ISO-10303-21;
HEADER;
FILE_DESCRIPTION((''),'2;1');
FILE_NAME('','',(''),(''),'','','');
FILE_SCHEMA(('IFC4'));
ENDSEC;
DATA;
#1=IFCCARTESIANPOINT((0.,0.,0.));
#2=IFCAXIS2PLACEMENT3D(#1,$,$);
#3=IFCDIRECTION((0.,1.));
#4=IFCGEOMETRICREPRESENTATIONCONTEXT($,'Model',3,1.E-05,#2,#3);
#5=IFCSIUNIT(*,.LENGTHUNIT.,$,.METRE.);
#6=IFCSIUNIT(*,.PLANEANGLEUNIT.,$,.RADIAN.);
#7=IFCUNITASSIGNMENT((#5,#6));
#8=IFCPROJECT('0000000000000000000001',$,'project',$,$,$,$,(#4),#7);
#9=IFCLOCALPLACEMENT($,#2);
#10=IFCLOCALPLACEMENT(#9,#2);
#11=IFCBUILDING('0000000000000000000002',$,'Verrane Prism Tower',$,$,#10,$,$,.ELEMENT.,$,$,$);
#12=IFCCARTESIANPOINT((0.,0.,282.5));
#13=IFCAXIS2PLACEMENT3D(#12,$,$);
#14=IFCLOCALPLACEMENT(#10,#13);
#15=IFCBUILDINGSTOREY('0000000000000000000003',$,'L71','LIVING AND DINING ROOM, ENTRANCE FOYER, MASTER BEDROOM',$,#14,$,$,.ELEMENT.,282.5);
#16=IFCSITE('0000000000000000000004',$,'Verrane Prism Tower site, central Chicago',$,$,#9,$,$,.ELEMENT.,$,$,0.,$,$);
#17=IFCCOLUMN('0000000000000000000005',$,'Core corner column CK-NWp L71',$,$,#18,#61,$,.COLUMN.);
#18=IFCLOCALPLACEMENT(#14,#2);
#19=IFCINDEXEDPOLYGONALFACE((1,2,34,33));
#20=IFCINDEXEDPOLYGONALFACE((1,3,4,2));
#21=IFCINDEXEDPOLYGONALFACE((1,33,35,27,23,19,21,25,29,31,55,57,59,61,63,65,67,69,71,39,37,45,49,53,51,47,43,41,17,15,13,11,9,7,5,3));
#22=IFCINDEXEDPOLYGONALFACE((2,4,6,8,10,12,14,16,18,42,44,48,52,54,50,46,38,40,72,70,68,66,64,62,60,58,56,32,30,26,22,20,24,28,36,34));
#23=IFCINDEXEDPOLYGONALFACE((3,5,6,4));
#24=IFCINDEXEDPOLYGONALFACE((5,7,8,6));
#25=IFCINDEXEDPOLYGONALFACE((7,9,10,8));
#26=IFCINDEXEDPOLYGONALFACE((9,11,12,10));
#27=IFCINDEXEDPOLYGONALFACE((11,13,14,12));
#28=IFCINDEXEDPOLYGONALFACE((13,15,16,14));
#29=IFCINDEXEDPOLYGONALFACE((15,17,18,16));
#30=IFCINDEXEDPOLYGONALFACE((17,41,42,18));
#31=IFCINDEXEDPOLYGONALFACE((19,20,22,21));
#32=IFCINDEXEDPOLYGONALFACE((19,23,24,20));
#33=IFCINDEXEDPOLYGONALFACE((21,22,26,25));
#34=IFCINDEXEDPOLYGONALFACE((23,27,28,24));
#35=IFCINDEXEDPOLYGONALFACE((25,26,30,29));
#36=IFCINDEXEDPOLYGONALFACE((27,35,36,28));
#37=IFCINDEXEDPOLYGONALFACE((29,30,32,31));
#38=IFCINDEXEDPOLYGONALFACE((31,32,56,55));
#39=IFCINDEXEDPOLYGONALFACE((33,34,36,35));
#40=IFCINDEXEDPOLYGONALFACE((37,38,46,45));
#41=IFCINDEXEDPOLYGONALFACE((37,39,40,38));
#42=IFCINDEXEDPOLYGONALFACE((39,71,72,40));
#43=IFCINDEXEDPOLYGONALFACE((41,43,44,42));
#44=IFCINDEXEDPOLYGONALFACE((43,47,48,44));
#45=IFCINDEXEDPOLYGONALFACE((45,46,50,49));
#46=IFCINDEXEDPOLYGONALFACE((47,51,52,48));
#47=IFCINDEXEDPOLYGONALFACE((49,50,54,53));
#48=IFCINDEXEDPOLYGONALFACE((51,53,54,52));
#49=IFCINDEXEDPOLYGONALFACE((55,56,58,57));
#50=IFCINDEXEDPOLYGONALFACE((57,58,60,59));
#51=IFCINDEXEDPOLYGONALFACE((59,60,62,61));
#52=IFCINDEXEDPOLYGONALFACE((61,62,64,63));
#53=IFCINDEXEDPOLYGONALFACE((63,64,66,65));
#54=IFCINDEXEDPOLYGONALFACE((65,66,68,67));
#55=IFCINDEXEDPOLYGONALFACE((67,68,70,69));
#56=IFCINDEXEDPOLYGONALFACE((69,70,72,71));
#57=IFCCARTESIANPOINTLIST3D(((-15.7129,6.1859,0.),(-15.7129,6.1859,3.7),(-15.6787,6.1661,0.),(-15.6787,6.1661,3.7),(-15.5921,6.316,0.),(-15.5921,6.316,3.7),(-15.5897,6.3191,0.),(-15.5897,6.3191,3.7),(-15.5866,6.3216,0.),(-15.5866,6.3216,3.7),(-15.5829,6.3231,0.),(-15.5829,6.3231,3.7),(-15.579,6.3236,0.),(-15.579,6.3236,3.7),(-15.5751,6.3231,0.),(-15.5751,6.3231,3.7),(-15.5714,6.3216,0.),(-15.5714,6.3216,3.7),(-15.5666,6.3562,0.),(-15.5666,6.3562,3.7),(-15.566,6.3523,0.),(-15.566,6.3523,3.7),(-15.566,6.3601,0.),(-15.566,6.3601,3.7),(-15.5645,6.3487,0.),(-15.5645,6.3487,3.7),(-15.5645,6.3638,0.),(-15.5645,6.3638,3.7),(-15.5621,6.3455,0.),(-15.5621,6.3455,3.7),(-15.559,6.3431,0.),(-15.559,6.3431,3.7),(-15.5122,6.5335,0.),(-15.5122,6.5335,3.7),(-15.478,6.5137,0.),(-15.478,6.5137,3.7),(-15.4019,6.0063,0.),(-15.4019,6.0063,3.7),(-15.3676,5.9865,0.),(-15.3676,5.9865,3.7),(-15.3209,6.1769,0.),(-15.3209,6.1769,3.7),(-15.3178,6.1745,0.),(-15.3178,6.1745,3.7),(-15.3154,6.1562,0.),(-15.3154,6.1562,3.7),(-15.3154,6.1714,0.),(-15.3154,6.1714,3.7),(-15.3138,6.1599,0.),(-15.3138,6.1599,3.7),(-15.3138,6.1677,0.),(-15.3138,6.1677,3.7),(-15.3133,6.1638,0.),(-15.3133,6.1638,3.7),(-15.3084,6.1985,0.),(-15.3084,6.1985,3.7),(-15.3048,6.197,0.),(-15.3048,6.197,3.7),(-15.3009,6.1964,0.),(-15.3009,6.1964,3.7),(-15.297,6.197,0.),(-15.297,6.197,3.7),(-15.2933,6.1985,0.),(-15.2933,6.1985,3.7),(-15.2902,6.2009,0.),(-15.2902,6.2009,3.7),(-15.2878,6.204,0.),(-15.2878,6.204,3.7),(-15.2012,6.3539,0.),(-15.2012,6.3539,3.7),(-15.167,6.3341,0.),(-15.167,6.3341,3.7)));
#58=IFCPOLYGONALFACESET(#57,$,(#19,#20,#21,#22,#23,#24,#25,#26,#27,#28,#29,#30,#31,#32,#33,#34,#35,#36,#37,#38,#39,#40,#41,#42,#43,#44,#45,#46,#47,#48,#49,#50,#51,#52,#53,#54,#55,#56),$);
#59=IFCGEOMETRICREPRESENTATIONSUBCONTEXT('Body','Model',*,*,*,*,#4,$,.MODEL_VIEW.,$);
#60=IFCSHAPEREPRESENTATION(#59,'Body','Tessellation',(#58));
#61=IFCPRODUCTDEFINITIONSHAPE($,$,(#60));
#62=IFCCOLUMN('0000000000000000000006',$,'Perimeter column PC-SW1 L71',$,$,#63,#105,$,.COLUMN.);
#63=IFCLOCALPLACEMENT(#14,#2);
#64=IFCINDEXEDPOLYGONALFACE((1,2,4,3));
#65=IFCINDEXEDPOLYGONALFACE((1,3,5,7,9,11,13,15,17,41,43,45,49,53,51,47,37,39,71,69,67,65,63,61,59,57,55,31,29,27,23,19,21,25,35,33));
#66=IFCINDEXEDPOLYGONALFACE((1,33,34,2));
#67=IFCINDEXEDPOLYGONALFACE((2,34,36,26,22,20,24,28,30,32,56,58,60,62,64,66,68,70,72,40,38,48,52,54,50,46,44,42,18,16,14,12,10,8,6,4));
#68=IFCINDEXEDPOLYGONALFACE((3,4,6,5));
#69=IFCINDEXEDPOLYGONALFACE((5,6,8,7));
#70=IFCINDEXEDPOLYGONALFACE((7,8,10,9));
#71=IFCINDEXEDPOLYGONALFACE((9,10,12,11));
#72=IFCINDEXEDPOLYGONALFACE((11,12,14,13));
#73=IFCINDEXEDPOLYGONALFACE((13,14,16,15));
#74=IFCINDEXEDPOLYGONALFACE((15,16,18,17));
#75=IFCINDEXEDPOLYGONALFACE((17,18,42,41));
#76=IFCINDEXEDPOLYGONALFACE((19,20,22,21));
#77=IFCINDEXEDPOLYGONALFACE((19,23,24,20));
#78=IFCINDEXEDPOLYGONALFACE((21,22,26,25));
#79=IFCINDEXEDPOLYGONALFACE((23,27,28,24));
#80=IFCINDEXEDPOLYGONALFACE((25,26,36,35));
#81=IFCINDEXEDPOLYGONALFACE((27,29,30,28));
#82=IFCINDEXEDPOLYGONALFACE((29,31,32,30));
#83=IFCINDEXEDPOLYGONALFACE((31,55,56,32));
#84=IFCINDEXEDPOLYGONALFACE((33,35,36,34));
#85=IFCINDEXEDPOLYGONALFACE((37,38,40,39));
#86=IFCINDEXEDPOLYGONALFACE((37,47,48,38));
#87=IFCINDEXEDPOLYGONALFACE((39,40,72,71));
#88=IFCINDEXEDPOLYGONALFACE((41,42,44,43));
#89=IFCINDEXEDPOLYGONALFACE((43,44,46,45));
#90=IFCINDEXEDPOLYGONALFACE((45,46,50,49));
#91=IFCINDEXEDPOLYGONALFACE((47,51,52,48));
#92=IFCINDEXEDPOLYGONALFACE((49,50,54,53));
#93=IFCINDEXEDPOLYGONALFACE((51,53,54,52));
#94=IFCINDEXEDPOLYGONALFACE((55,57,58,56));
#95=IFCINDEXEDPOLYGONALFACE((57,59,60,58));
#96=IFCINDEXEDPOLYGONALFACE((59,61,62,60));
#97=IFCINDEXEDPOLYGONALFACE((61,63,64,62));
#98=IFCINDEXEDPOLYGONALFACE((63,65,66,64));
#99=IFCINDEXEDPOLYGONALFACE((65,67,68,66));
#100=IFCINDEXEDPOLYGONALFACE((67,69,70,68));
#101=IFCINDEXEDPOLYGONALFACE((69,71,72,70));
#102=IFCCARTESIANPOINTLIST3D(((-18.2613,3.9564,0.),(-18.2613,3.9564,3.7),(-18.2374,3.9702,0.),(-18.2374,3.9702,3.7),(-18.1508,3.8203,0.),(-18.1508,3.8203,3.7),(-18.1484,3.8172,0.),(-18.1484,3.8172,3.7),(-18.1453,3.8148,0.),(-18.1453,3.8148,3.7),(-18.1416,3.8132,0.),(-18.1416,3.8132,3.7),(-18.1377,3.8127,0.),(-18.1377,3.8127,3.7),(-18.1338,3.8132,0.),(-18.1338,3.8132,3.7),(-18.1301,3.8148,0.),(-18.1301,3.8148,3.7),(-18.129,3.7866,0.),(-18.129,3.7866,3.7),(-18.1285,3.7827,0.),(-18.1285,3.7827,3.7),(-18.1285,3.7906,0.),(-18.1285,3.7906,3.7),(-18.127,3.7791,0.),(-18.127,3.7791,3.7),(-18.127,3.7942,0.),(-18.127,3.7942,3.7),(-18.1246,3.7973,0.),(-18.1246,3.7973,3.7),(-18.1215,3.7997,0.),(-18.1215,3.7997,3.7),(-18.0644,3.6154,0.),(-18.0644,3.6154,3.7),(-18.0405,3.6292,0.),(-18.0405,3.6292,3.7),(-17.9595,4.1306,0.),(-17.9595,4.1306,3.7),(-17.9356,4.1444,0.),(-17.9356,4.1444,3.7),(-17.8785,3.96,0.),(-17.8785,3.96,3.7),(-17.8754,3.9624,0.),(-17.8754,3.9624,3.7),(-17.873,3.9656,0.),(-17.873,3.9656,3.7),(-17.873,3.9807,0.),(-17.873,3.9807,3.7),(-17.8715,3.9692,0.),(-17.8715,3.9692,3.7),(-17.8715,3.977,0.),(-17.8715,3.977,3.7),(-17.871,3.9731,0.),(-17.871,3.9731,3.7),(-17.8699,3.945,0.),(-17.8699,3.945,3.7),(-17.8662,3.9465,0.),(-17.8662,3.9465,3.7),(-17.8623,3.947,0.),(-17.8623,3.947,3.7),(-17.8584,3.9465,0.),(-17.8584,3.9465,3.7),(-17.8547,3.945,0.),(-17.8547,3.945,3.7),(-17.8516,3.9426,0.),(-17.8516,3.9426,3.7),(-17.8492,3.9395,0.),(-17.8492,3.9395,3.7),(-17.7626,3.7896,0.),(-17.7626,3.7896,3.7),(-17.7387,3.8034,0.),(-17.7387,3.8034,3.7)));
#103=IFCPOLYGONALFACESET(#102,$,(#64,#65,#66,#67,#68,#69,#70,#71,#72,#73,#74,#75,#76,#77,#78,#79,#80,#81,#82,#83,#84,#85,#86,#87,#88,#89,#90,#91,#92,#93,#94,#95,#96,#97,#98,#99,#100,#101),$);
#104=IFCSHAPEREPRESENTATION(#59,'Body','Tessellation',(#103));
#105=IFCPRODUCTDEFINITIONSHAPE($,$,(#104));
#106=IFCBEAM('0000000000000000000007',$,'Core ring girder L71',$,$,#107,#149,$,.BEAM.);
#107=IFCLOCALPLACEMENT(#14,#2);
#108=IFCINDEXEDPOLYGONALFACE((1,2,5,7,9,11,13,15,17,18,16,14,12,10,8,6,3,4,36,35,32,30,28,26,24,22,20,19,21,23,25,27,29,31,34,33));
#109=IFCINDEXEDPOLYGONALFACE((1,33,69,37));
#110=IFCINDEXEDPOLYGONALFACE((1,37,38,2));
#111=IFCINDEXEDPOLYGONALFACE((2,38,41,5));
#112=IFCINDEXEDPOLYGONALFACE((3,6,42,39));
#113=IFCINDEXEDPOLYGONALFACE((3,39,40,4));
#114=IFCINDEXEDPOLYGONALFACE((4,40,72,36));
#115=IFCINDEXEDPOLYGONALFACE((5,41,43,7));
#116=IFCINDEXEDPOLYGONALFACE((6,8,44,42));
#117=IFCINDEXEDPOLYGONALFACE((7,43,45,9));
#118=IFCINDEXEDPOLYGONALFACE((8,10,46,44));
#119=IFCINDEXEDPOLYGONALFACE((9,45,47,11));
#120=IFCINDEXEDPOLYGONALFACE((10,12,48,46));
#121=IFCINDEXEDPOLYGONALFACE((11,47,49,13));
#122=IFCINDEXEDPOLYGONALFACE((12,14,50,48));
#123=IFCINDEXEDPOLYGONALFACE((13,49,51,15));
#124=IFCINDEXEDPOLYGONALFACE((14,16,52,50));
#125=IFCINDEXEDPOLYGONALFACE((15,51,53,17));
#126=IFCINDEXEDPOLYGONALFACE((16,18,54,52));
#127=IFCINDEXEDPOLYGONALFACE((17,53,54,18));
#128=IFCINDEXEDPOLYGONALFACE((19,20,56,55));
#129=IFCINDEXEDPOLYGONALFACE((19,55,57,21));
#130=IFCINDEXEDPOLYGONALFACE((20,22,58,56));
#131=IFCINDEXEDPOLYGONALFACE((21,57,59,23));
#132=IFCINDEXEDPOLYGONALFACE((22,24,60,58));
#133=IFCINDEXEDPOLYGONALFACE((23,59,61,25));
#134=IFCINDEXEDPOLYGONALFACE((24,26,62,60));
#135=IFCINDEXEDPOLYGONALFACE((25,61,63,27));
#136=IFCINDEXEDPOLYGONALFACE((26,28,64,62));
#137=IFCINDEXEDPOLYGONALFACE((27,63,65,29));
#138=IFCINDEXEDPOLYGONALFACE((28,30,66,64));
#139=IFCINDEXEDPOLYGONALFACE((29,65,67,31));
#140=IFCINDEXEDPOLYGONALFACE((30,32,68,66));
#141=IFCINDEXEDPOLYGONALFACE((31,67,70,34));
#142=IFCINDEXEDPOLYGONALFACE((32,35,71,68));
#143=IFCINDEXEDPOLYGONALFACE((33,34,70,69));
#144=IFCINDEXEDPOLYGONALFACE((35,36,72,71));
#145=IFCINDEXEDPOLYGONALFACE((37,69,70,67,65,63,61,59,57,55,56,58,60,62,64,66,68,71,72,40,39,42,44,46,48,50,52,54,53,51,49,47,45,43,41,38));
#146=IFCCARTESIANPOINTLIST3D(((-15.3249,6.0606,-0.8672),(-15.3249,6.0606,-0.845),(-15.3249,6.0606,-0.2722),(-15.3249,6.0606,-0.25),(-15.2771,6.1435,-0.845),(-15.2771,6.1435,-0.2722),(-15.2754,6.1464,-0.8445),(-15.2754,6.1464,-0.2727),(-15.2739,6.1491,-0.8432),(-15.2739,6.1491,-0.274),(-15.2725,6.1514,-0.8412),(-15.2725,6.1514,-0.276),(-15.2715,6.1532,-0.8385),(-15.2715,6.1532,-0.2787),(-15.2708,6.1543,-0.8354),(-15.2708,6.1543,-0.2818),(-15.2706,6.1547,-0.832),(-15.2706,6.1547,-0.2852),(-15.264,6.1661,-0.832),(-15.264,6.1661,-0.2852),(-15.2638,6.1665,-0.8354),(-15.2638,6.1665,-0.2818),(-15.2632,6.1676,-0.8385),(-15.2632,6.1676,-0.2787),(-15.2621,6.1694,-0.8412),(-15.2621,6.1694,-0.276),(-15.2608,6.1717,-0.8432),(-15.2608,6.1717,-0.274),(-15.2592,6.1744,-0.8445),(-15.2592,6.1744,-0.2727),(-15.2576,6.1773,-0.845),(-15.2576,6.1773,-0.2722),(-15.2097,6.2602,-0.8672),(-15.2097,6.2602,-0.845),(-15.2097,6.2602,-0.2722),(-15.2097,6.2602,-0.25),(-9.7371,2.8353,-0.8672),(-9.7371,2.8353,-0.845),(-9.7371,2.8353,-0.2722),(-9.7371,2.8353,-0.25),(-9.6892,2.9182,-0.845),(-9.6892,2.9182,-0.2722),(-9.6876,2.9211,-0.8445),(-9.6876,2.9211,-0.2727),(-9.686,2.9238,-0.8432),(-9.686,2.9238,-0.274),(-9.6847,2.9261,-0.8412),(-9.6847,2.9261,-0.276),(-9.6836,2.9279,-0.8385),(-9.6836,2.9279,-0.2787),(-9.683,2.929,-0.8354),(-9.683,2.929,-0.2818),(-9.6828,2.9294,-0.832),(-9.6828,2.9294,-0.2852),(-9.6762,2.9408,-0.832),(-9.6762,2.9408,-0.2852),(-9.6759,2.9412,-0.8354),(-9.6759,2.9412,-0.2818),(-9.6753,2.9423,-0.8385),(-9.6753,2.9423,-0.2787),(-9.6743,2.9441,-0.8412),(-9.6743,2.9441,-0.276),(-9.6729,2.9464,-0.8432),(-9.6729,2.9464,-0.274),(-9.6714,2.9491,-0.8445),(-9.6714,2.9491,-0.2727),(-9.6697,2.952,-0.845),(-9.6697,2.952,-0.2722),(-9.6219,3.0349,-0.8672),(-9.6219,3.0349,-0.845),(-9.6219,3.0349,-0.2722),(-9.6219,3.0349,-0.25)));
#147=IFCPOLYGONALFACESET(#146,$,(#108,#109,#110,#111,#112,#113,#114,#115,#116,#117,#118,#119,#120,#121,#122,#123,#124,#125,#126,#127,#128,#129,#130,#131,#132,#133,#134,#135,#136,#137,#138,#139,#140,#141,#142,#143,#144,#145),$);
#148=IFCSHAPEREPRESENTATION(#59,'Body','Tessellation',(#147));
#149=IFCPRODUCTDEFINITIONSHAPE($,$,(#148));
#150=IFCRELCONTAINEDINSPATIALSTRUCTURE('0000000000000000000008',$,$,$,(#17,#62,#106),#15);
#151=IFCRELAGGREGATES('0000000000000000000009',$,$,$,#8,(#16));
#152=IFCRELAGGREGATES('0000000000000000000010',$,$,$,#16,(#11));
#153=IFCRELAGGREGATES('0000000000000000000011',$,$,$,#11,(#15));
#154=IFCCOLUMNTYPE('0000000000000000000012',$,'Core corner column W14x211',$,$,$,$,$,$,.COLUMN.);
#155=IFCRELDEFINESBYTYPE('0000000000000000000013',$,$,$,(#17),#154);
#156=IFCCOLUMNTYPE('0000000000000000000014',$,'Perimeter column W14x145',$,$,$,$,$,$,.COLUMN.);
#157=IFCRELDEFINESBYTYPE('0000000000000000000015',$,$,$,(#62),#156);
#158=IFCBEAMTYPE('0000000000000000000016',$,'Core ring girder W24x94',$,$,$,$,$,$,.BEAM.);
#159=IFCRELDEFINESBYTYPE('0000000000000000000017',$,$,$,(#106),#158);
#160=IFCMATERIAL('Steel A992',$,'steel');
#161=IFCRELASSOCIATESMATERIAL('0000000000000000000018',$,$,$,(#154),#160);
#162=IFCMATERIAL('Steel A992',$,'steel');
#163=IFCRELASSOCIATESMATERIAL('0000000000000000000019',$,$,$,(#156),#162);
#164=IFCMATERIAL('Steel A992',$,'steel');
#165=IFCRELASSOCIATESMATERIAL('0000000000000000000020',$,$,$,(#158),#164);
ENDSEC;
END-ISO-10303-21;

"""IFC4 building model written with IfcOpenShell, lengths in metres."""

from ifc_helpers import new_model, si_unit, direction, frame, origin, origin_2d, place, context, subcontext, project, spatial, i_section, extrude, material, material_profile, profile_set, type_object, element, save


model = new_model("IFC4")

# Units and contexts
model_context = context("Model", 3, precision=1e-05, world=origin(), true_north=direction((0.0, 1.0)))
body_context = subcontext(model_context, "Body", "Model", "MODEL_VIEW")
ifc_project = project(units=[si_unit("LENGTHUNIT", "METRE"), si_unit("PLANEANGLEUNIT", "RADIAN")], contexts=[model_context])

# Site, building, storey
site_placement = place(None, origin())
site = spatial("IfcSite", under=ifc_project, at=site_placement, Name="Verrane Prism Tower site, central Chicago", CompositionType="ELEMENT", RefElevation=0.0)
building_placement = place(site_placement, origin())
building = spatial("IfcBuilding", under=site, at=building_placement, Name="Verrane Prism Tower", CompositionType="ELEMENT")
storey_placement = place(building_placement, frame((0.0, 0.0, 282.5)))
storey = spatial("IfcBuildingStorey", under=building, at=storey_placement, Name="L71", Description="LIVING AND DINING ROOM, ENTRANCE FOYER, MASTER BEDROOM", CompositionType="ELEMENT", Elevation=282.5)

# Columns
ifc_material_1 = material(Name="Steel A992", Category="steel")
ifc_material_profile_1 = material_profile(ifc_material_1, i_section(OverallWidth=0.4014, OverallDepth=0.3987, WebThickness=0.0249, FlangeThickness=0.0396, FilletRadius=0.0151, at=origin_2d()), Name="W14x211")
ifc_profile_set_1 = profile_set([ifc_material_profile_1], Name="Steel A992")
column_type_1 = type_object("IfcColumnType", Name="Core corner column W14x211", PredefinedType="COLUMN", material=ifc_profile_set_1)
column_1_placement = place(storey_placement, frame((-15.4399, 6.26, 0.0), z_axis=(0.0, 0.0, 1.0), x_axis=(0.5, 0.866025, 0.0)))
element("IfcColumn", 1, at=column_1_placement, inside=storey, type_object=column_type_1, Name="Core corner column CK-NWp L71", PredefinedType="COLUMN", context=body_context, shape_type="SweptSolid", body=[
    extrude(i_section(OverallWidth=0.4014, OverallDepth=0.3987, WebThickness=0.0249, FlangeThickness=0.0396, FilletRadius=0.0151, at=origin_2d()), origin(), (0.0, 0.0, 1.0), 3.7),
])
ifc_material_2 = material(Name="Steel A992", Category="steel")
ifc_material_profile_2 = material_profile(ifc_material_2, i_section(OverallWidth=0.3938, OverallDepth=0.376, WebThickness=0.0173, FlangeThickness=0.0276, FilletRadius=0.0151, at=origin_2d()), Name="W14x145")
ifc_profile_set_2 = profile_set([ifc_material_profile_2], Name="Steel A992")
column_type_2 = type_object("IfcColumnType", Name="Perimeter column W14x145", PredefinedType="COLUMN", material=ifc_profile_set_2)
column_2_placement = place(storey_placement, frame((-18.0, 3.8799, 0.0), z_axis=(0.0, 0.0, 1.0), x_axis=(-0.5, 0.866025, 0.0)))
element("IfcColumn", 2, at=column_2_placement, inside=storey, type_object=column_type_2, Name="Perimeter column PC-SW1 L71", PredefinedType="COLUMN", context=body_context, shape_type="SweptSolid", body=[
    extrude(i_section(OverallWidth=0.3938, OverallDepth=0.376, WebThickness=0.0173, FlangeThickness=0.0276, FilletRadius=0.0151, at=origin_2d()), origin(), (0.0, 0.0, 1.0), 3.7),
])

# Beam
ifc_material_3 = material(Name="Steel A992", Category="steel")
ifc_material_profile_3 = material_profile(ifc_material_3, i_section(OverallWidth=0.2305, OverallDepth=0.6172, WebThickness=0.0132, FlangeThickness=0.0222, FilletRadius=0.0129, at=origin_2d()), Name="W24x94")
ifc_profile_set_3 = profile_set([ifc_material_profile_3], Name="Steel A992")
beam_type_1 = type_object("IfcBeamType", Name="Core ring girder W24x94", PredefinedType="BEAM", material=ifc_profile_set_3)
beam_1_placement = place(storey_placement, frame((-15.2673, 6.1604, -0.5586), z_axis=(0.866081, -0.499904, 0.0), x_axis=(0.499904, 0.866081, 0.0)))
element("IfcBeam", 3, at=beam_1_placement, inside=storey, type_object=beam_type_1, Name="Core ring girder L71", PredefinedType="BEAM", context=body_context, shape_type="SweptSolid", body=[
    extrude(i_section(OverallWidth=0.2305, OverallDepth=0.6172, WebThickness=0.0132, FlangeThickness=0.0222, FilletRadius=0.0129, at=origin_2d()), origin(), (0.0, 0.0, 1.0), 6.4519),
])

save(model, "model.ifc")
